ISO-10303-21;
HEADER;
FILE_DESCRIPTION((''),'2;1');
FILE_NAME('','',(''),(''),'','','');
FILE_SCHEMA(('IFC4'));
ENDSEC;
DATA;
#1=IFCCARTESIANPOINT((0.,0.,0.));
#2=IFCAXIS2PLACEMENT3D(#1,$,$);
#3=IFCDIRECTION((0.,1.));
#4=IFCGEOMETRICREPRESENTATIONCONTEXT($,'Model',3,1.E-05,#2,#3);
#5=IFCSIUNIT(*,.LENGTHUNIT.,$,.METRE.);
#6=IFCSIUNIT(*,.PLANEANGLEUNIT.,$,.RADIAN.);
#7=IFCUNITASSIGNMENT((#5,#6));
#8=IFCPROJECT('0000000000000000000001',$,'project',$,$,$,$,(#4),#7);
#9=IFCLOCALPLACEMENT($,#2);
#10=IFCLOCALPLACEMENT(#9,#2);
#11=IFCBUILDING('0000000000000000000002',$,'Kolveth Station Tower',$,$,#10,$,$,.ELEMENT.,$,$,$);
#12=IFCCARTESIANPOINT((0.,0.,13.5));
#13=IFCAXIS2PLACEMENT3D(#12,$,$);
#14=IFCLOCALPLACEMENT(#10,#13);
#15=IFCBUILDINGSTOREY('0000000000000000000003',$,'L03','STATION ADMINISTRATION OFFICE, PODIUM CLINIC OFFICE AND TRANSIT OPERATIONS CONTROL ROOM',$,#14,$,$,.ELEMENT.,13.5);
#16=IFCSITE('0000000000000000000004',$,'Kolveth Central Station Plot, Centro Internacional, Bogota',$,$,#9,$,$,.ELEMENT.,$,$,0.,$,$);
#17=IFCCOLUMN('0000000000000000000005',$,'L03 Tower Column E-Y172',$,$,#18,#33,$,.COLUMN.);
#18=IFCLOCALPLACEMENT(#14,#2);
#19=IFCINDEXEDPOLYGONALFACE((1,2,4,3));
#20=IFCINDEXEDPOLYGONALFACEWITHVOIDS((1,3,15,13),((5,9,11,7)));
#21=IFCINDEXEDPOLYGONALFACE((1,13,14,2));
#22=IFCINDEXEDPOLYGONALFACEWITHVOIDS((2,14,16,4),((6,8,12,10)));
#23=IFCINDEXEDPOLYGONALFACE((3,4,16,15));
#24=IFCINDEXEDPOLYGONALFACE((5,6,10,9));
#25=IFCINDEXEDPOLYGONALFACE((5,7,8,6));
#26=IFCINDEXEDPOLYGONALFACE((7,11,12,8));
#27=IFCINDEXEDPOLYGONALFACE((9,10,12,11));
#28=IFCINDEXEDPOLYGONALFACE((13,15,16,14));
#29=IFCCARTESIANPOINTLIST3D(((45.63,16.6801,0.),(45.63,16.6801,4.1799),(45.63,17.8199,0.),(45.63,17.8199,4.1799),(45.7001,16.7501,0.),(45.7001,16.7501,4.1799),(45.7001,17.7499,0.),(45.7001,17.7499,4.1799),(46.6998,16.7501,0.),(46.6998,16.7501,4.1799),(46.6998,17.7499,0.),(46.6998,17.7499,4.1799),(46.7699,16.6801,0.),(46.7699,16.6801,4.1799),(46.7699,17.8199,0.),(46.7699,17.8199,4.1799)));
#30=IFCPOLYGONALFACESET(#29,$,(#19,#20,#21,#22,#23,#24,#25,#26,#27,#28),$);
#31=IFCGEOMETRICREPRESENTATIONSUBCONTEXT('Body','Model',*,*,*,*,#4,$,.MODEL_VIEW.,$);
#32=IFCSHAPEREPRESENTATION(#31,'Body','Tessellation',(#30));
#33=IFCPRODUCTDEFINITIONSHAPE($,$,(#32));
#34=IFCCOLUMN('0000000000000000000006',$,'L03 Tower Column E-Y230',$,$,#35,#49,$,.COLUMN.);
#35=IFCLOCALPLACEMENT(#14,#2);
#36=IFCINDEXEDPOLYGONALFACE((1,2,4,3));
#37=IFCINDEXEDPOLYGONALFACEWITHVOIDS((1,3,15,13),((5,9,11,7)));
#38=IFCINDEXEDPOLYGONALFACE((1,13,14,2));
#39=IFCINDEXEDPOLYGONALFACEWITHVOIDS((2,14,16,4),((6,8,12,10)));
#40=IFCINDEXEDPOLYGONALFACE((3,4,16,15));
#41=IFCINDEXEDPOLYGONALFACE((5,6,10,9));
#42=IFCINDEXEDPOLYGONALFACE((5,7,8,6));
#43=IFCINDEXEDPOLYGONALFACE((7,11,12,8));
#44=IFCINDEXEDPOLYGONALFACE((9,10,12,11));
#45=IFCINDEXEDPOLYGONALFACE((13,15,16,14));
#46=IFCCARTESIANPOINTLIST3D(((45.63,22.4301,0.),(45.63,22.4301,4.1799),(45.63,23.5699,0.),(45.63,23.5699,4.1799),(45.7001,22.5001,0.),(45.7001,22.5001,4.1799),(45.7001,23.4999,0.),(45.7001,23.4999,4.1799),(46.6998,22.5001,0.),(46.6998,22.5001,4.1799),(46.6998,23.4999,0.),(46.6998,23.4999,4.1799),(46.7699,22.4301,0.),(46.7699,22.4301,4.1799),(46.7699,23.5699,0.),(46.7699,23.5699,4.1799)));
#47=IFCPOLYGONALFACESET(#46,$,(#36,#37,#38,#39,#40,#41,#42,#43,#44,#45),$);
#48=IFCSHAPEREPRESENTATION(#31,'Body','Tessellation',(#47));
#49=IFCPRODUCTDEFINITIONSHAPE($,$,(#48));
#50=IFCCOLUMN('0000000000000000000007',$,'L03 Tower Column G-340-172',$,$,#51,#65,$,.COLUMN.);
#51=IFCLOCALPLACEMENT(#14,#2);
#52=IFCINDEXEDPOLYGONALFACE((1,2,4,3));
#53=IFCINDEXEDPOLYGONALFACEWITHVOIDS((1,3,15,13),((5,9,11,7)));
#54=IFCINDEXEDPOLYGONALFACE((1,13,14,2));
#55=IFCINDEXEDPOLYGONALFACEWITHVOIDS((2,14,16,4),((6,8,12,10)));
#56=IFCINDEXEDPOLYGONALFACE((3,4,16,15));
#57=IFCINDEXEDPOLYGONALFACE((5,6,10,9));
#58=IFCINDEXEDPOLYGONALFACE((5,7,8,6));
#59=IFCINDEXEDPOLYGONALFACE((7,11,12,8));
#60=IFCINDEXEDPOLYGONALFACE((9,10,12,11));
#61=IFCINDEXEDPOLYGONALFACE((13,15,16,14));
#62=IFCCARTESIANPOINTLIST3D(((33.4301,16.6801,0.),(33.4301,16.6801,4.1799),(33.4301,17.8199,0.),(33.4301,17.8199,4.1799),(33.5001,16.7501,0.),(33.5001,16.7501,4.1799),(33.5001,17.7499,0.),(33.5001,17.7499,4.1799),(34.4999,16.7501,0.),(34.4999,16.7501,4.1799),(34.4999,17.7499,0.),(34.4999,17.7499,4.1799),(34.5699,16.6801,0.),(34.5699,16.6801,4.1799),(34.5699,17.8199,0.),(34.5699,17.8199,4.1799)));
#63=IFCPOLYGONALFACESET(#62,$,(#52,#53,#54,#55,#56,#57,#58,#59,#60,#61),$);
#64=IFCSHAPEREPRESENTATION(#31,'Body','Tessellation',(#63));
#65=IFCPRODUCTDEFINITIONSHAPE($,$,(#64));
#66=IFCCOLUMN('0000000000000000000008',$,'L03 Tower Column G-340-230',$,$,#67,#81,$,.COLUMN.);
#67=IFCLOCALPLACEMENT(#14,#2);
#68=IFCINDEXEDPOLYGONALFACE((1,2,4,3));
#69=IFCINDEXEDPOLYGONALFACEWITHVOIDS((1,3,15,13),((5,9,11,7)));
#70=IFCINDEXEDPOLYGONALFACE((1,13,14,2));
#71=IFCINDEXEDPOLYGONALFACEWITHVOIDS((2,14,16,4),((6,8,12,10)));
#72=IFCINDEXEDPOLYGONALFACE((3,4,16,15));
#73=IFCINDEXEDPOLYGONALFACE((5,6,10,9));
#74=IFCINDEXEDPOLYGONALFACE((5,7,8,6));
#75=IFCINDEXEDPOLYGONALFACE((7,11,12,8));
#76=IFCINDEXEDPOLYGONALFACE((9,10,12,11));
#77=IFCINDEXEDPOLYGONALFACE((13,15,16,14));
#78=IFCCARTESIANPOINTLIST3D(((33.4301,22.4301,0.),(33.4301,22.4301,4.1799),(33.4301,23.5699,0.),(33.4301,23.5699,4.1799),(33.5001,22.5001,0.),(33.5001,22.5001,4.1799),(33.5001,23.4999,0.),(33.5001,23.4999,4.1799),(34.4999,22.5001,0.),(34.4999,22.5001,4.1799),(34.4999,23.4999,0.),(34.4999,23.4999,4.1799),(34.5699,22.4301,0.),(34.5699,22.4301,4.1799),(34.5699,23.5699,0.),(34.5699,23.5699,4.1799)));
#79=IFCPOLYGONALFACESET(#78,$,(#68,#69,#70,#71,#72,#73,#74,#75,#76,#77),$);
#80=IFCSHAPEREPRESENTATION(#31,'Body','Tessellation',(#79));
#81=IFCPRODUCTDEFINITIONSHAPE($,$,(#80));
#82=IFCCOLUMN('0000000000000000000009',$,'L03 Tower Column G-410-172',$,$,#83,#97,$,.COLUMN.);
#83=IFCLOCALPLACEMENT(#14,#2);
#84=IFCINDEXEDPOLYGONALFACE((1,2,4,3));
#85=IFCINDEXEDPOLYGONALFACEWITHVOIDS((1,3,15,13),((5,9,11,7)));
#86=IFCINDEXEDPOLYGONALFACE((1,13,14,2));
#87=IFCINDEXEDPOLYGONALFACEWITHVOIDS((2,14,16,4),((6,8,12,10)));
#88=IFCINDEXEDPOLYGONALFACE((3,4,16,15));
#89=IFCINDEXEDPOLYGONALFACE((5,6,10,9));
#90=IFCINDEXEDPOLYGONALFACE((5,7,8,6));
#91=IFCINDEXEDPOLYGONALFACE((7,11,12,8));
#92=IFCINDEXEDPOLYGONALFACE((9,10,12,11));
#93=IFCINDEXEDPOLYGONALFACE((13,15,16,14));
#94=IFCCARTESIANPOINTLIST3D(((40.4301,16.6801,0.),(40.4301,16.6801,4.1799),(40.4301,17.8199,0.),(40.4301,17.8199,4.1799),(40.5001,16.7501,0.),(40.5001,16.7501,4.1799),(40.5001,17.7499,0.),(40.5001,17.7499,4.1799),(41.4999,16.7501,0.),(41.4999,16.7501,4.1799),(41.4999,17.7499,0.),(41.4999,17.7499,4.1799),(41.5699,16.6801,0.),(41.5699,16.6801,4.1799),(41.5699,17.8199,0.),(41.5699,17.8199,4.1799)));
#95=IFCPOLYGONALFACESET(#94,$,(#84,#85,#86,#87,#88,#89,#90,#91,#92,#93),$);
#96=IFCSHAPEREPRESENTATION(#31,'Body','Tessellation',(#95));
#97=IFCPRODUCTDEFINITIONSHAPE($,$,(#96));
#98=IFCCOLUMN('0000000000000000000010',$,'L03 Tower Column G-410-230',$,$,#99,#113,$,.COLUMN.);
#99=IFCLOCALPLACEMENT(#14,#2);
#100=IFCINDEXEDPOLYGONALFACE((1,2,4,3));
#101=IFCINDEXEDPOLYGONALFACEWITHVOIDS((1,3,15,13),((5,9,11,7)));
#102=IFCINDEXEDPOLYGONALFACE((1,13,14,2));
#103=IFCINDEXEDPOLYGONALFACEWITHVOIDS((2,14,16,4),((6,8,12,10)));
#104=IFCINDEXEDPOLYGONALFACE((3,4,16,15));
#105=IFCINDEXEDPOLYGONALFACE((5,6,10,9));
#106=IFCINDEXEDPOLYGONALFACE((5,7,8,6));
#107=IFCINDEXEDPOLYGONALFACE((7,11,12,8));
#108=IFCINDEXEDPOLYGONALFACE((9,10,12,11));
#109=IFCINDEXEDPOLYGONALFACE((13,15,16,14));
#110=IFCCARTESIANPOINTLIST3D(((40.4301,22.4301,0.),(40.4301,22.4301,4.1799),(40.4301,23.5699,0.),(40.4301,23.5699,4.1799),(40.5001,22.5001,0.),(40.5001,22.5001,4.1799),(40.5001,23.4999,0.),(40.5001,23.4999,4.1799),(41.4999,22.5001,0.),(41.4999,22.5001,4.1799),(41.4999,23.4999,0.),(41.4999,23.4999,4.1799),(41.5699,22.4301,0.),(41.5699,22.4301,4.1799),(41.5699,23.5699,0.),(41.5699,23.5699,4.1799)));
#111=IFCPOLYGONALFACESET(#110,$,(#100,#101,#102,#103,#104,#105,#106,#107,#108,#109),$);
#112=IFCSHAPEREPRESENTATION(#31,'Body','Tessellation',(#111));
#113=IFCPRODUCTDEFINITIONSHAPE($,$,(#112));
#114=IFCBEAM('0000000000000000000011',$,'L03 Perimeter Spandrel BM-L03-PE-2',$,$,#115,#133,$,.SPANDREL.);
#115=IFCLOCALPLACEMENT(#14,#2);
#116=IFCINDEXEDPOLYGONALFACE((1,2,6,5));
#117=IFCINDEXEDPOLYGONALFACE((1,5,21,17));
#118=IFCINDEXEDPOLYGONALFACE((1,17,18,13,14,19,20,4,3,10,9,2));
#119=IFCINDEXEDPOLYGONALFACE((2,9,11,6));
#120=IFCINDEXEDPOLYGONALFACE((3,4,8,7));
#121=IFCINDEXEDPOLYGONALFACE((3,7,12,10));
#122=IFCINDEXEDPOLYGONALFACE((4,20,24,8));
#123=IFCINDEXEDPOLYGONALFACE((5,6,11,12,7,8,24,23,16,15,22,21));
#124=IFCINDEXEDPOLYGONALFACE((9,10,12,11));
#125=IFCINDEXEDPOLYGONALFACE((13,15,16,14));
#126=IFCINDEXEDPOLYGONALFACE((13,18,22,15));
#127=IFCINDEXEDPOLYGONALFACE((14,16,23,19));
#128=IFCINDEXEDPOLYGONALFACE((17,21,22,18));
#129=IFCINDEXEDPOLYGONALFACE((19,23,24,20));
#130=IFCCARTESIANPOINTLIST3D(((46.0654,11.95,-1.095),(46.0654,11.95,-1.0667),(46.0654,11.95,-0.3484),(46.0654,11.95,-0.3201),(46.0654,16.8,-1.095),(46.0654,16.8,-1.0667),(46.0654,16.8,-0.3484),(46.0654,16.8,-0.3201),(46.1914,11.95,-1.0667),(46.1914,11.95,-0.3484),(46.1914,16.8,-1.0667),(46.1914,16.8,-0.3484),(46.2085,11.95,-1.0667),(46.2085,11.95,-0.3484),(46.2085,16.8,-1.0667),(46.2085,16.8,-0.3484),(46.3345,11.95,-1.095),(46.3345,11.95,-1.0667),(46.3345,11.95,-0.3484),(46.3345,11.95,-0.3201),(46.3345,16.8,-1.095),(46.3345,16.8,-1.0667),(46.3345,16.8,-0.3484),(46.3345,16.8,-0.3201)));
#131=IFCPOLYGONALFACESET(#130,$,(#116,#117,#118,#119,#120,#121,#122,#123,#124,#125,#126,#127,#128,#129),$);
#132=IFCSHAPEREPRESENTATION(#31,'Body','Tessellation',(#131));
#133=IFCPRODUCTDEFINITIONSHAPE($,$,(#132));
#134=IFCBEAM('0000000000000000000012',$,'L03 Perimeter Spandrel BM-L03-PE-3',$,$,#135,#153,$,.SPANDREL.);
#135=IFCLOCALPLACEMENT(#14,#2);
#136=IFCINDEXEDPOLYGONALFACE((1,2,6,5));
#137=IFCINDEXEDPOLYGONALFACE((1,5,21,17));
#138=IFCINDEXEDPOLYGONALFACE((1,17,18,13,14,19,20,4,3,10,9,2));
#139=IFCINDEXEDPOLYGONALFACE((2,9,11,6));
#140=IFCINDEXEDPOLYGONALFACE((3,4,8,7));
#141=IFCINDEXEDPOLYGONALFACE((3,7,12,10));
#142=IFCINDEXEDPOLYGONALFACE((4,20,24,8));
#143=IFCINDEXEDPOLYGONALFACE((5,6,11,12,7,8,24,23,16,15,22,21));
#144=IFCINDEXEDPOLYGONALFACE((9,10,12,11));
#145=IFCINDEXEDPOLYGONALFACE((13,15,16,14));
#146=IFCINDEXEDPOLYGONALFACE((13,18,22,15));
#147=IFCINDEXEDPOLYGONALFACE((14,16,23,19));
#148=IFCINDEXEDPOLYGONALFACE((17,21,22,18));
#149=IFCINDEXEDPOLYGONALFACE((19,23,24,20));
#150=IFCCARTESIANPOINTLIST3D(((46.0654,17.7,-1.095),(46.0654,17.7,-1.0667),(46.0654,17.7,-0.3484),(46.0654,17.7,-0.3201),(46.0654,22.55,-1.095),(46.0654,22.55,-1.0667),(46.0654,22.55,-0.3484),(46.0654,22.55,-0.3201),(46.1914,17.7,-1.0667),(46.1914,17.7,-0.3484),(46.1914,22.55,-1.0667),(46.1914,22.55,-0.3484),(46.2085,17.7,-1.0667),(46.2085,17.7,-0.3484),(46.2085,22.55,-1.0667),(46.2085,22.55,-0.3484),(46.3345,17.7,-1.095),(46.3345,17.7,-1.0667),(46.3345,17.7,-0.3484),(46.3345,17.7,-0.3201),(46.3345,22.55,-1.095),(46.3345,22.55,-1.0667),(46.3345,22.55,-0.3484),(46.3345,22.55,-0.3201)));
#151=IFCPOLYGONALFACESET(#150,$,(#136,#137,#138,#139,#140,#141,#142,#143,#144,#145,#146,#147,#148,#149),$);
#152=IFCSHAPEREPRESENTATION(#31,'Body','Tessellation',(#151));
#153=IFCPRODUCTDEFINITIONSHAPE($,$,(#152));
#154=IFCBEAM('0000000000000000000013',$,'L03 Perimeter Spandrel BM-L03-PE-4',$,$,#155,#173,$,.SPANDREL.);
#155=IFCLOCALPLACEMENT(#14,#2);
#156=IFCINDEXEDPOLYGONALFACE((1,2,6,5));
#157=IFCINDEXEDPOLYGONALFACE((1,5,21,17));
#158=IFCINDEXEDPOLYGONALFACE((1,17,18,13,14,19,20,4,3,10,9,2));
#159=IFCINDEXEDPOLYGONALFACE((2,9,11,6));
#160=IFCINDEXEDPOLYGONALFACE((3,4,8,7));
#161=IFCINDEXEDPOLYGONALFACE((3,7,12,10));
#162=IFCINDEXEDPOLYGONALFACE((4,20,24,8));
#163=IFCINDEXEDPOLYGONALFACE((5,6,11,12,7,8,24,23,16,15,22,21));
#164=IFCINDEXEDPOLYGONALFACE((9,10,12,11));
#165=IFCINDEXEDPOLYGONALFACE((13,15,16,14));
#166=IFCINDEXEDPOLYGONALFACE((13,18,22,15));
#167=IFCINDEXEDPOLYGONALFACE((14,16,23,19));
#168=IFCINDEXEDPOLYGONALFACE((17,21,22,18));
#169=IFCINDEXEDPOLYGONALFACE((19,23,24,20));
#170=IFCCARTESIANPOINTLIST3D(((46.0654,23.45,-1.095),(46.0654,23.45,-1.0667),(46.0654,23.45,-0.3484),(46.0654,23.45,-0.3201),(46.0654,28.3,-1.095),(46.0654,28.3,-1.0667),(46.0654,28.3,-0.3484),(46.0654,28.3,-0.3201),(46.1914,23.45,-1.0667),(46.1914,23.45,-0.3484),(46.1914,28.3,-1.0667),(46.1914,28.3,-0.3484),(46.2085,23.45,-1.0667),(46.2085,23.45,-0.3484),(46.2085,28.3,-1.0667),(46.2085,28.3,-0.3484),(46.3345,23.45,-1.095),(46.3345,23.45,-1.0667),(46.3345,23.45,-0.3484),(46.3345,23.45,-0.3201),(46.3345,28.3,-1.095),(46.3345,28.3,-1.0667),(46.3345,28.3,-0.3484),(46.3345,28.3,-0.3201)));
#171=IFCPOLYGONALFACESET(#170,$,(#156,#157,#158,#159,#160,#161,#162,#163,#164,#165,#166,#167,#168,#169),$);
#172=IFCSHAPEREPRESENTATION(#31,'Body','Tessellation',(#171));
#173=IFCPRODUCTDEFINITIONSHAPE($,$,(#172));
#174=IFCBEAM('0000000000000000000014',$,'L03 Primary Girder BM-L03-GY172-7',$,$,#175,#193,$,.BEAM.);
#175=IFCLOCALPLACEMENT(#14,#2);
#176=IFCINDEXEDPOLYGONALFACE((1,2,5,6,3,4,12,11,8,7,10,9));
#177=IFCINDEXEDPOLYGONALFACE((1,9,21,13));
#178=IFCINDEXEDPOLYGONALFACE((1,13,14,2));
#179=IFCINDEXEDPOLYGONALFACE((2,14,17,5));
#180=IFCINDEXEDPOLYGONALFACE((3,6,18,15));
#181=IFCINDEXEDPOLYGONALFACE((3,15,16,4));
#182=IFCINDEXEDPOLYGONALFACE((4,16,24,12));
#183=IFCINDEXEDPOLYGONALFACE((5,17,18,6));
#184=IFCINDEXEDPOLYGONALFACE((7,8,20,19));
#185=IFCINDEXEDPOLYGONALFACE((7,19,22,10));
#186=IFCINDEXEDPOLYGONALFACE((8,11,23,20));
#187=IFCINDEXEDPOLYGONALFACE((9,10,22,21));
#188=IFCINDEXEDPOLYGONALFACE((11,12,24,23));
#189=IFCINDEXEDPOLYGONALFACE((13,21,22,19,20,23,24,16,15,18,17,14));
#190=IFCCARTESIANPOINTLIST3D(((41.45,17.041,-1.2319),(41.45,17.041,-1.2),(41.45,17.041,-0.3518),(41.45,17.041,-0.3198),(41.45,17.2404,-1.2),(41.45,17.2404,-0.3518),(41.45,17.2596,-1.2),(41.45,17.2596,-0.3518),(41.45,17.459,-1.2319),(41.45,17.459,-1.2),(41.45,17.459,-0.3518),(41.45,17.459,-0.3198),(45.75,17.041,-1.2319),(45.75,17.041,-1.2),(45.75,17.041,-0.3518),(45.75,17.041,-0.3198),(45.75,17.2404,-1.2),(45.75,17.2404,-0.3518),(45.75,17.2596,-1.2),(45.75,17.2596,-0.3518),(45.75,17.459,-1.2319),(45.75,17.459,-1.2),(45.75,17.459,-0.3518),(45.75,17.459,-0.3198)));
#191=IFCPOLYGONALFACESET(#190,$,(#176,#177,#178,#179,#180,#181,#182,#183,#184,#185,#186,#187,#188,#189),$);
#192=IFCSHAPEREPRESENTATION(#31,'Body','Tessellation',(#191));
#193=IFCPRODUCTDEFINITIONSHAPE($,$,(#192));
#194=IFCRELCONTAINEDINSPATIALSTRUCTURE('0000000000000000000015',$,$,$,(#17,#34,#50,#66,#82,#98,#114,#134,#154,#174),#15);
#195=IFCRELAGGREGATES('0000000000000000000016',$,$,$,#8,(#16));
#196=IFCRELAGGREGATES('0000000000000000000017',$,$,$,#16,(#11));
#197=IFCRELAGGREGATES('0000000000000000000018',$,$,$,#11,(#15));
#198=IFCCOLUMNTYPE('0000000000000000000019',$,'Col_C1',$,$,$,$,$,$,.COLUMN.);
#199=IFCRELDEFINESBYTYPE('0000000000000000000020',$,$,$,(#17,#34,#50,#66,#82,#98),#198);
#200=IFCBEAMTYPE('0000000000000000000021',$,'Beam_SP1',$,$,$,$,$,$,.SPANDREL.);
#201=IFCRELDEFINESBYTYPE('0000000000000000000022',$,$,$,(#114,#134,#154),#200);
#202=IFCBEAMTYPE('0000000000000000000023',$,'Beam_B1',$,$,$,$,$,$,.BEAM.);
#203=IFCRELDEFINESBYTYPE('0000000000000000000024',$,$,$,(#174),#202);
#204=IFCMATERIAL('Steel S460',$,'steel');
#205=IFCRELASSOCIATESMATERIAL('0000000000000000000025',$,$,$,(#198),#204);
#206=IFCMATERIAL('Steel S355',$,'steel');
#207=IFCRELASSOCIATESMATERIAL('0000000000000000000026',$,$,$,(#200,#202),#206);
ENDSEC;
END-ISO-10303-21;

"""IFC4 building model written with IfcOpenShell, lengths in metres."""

from ifc_helpers import new_model, si_unit, direction, frame, origin, origin_2d, place, context, subcontext, project, spatial, hollow_rectangle, i_section, extrude, source, transform, mapped, material, material_profile, profile_set, type_object, element, save


model = new_model("IFC4")

# Units and contexts
model_context = context("Model", 3, precision=1e-05, world=origin(), true_north=direction((0.0, 1.0)))
body_context = subcontext(model_context, "Body", "Model", "MODEL_VIEW")
ifc_project = project(units=[si_unit("LENGTHUNIT", "METRE"), si_unit("PLANEANGLEUNIT", "RADIAN")], contexts=[model_context])

# Site, building, storey
site_placement = place(None, origin())
site = spatial("IfcSite", under=ifc_project, at=site_placement, Name="Kolveth Central Station Plot, Centro Internacional, Bogota", CompositionType="ELEMENT", RefElevation=0.0)
building_placement = place(site_placement, origin())
building = spatial("IfcBuilding", under=site, at=building_placement, Name="Kolveth Station Tower", CompositionType="ELEMENT")
storey_placement = place(building_placement, frame((0.0, 0.0, 13.5)))
storey = spatial("IfcBuildingStorey", under=building, at=storey_placement, Name="L03", Description="STATION ADMINISTRATION OFFICE, PODIUM CLINIC OFFICE AND TRANSIT OPERATIONS CONTROL ROOM", CompositionType="ELEMENT", Elevation=13.5)

# Columns
ifc_material_1 = material(Name="Steel S460", Category="steel")
ifc_material_profile_1 = material_profile(ifc_material_1, hollow_rectangle(XDim=1.1399, YDim=1.1399, WallThickness=0.0701, at=origin_2d()), Name="BOX1140x1140x70")
ifc_profile_set_1 = profile_set([ifc_material_profile_1], Name="Steel S460")
column_type = type_object("IfcColumnType", Name="Col_C1", PredefinedType="COLUMN", material=ifc_profile_set_1)
shared_shape_1 = source(origin(), body_context, "Body", "SweptSolid", [
    extrude(hollow_rectangle(XDim=1.1399, YDim=1.1399, WallThickness=0.0701, at=origin_2d()), origin(), (0.0, 0.0, 1.0), 4.1799),
])
for number, where, z_axis, x_axis, name in (
    (1, (46.2, 17.25, 0.0), (0.0, 0.0, 1.0), (1.0, 0.0, 0.0), "L03 Tower Column E-Y172"),
    (2, (46.2, 23.0, 0.0), (0.0, 0.0, 1.0), (1.0, 0.0, 0.0), "L03 Tower Column E-Y230"),
    (3, (34.0, 17.25, 0.0), (0.0, 0.0, 1.0), (1.0, 0.0, 0.0), "L03 Tower Column G-340-172"),
    (4, (34.0, 23.0, 0.0), (0.0, 0.0, 1.0), (1.0, 0.0, 0.0), "L03 Tower Column G-340-230"),
    (5, (41.0, 17.25, 0.0), (0.0, 0.0, 1.0), (1.0, 0.0, 0.0), "L03 Tower Column G-410-172"),
    (6, (41.0, 23.0, 0.0), (0.0, 0.0, 1.0), (1.0, 0.0, 0.0), "L03 Tower Column G-410-230"),
):
    element("IfcColumn", number, at=place(storey_placement, frame(where, z_axis=z_axis, x_axis=x_axis)), inside=storey, type_object=column_type, Name=name, PredefinedType="COLUMN", context=body_context, shape_type="MappedRepresentation", body=[
        mapped(shared_shape_1, transform((0.0, 0.0, 0.0), x_axis=(1.0, 0.0, 0.0), y_axis=(0.0, 1.0, 0.0), z_axis=(0.0, 0.0, 1.0), scale=1.0)),
    ])

# Beams
ifc_material_2 = material(Name="Steel S355", Category="steel")
ifc_material_profile_2 = material_profile(ifc_material_2, i_section(OverallWidth=0.269, OverallDepth=0.7749, WebThickness=0.0171, FlangeThickness=0.0283, at=origin_2d()), Name="W760x220")
ifc_profile_set_2 = profile_set([ifc_material_profile_2], Name="Steel S355")
beam_type_1 = type_object("IfcBeamType", Name="Beam_SP1", PredefinedType="SPANDREL", material=ifc_profile_set_2)
shared_shape_2 = source(origin(), body_context, "Body", "SweptSolid", [
    extrude(i_section(OverallWidth=0.269, OverallDepth=0.7749, WebThickness=0.0171, FlangeThickness=0.0283, at=origin_2d()), origin(), (0.0, 0.0, 1.0), 4.8501),
])
for number, where, z_axis, x_axis, name in (
    (7, (46.2, 11.95, -0.7075), (0.0, 1.0, 0.0), (-1.0, 0.0, 0.0), "L03 Perimeter Spandrel BM-L03-PE-2"),
    (8, (46.2, 17.7, -0.7075), (0.0, 1.0, 0.0), (-1.0, 0.0, 0.0), "L03 Perimeter Spandrel BM-L03-PE-3"),
    (9, (46.2, 23.45, -0.7075), (0.0, 1.0, 0.0), (-1.0, 0.0, 0.0), "L03 Perimeter Spandrel BM-L03-PE-4"),
):
    element("IfcBeam", number, at=place(storey_placement, frame(where, z_axis=z_axis, x_axis=x_axis)), inside=storey, type_object=beam_type_1, Name=name, PredefinedType="SPANDREL", context=body_context, shape_type="MappedRepresentation", body=[
        mapped(shared_shape_2, transform((0.0, 0.0, 0.0), x_axis=(1.0, 0.0, 0.0), y_axis=(0.0, 1.0, 0.0), z_axis=(0.0, 0.0, 1.0), scale=1.0)),
    ])
ifc_material_profile_3 = material_profile(ifc_material_2, i_section(OverallWidth=0.418, OverallDepth=0.9121, WebThickness=0.0193, FlangeThickness=0.032, at=origin_2d()), Name="W920x342")
ifc_profile_set_3 = profile_set([ifc_material_profile_3], Name="Steel S355")
beam_type_2 = type_object("IfcBeamType", Name="Beam_B1", PredefinedType="BEAM", material=ifc_profile_set_3)
shared_shape_3 = source(origin(), body_context, "Body", "SweptSolid", [
    extrude(i_section(OverallWidth=0.418, OverallDepth=0.9121, WebThickness=0.0193, FlangeThickness=0.032, at=origin_2d()), origin(), (0.0, 0.0, 1.0), 4.3),
])
for number, where, z_axis, x_axis, name in (
    (10, (41.45, 17.25, -0.7759), (1.0, 0.0, 0.0), (0.0, 1.0, 0.0), "L03 Primary Girder BM-L03-GY172-7"),
):
    element("IfcBeam", number, at=place(storey_placement, frame(where, z_axis=z_axis, x_axis=x_axis)), inside=storey, type_object=beam_type_2, Name=name, PredefinedType="BEAM", context=body_context, shape_type="MappedRepresentation", body=[
        mapped(shared_shape_3, transform((0.0, 0.0, 0.0), x_axis=(1.0, 0.0, 0.0), y_axis=(0.0, 1.0, 0.0), z_axis=(0.0, 0.0, 1.0), scale=1.0)),
    ])

save(model, "model.ifc")
